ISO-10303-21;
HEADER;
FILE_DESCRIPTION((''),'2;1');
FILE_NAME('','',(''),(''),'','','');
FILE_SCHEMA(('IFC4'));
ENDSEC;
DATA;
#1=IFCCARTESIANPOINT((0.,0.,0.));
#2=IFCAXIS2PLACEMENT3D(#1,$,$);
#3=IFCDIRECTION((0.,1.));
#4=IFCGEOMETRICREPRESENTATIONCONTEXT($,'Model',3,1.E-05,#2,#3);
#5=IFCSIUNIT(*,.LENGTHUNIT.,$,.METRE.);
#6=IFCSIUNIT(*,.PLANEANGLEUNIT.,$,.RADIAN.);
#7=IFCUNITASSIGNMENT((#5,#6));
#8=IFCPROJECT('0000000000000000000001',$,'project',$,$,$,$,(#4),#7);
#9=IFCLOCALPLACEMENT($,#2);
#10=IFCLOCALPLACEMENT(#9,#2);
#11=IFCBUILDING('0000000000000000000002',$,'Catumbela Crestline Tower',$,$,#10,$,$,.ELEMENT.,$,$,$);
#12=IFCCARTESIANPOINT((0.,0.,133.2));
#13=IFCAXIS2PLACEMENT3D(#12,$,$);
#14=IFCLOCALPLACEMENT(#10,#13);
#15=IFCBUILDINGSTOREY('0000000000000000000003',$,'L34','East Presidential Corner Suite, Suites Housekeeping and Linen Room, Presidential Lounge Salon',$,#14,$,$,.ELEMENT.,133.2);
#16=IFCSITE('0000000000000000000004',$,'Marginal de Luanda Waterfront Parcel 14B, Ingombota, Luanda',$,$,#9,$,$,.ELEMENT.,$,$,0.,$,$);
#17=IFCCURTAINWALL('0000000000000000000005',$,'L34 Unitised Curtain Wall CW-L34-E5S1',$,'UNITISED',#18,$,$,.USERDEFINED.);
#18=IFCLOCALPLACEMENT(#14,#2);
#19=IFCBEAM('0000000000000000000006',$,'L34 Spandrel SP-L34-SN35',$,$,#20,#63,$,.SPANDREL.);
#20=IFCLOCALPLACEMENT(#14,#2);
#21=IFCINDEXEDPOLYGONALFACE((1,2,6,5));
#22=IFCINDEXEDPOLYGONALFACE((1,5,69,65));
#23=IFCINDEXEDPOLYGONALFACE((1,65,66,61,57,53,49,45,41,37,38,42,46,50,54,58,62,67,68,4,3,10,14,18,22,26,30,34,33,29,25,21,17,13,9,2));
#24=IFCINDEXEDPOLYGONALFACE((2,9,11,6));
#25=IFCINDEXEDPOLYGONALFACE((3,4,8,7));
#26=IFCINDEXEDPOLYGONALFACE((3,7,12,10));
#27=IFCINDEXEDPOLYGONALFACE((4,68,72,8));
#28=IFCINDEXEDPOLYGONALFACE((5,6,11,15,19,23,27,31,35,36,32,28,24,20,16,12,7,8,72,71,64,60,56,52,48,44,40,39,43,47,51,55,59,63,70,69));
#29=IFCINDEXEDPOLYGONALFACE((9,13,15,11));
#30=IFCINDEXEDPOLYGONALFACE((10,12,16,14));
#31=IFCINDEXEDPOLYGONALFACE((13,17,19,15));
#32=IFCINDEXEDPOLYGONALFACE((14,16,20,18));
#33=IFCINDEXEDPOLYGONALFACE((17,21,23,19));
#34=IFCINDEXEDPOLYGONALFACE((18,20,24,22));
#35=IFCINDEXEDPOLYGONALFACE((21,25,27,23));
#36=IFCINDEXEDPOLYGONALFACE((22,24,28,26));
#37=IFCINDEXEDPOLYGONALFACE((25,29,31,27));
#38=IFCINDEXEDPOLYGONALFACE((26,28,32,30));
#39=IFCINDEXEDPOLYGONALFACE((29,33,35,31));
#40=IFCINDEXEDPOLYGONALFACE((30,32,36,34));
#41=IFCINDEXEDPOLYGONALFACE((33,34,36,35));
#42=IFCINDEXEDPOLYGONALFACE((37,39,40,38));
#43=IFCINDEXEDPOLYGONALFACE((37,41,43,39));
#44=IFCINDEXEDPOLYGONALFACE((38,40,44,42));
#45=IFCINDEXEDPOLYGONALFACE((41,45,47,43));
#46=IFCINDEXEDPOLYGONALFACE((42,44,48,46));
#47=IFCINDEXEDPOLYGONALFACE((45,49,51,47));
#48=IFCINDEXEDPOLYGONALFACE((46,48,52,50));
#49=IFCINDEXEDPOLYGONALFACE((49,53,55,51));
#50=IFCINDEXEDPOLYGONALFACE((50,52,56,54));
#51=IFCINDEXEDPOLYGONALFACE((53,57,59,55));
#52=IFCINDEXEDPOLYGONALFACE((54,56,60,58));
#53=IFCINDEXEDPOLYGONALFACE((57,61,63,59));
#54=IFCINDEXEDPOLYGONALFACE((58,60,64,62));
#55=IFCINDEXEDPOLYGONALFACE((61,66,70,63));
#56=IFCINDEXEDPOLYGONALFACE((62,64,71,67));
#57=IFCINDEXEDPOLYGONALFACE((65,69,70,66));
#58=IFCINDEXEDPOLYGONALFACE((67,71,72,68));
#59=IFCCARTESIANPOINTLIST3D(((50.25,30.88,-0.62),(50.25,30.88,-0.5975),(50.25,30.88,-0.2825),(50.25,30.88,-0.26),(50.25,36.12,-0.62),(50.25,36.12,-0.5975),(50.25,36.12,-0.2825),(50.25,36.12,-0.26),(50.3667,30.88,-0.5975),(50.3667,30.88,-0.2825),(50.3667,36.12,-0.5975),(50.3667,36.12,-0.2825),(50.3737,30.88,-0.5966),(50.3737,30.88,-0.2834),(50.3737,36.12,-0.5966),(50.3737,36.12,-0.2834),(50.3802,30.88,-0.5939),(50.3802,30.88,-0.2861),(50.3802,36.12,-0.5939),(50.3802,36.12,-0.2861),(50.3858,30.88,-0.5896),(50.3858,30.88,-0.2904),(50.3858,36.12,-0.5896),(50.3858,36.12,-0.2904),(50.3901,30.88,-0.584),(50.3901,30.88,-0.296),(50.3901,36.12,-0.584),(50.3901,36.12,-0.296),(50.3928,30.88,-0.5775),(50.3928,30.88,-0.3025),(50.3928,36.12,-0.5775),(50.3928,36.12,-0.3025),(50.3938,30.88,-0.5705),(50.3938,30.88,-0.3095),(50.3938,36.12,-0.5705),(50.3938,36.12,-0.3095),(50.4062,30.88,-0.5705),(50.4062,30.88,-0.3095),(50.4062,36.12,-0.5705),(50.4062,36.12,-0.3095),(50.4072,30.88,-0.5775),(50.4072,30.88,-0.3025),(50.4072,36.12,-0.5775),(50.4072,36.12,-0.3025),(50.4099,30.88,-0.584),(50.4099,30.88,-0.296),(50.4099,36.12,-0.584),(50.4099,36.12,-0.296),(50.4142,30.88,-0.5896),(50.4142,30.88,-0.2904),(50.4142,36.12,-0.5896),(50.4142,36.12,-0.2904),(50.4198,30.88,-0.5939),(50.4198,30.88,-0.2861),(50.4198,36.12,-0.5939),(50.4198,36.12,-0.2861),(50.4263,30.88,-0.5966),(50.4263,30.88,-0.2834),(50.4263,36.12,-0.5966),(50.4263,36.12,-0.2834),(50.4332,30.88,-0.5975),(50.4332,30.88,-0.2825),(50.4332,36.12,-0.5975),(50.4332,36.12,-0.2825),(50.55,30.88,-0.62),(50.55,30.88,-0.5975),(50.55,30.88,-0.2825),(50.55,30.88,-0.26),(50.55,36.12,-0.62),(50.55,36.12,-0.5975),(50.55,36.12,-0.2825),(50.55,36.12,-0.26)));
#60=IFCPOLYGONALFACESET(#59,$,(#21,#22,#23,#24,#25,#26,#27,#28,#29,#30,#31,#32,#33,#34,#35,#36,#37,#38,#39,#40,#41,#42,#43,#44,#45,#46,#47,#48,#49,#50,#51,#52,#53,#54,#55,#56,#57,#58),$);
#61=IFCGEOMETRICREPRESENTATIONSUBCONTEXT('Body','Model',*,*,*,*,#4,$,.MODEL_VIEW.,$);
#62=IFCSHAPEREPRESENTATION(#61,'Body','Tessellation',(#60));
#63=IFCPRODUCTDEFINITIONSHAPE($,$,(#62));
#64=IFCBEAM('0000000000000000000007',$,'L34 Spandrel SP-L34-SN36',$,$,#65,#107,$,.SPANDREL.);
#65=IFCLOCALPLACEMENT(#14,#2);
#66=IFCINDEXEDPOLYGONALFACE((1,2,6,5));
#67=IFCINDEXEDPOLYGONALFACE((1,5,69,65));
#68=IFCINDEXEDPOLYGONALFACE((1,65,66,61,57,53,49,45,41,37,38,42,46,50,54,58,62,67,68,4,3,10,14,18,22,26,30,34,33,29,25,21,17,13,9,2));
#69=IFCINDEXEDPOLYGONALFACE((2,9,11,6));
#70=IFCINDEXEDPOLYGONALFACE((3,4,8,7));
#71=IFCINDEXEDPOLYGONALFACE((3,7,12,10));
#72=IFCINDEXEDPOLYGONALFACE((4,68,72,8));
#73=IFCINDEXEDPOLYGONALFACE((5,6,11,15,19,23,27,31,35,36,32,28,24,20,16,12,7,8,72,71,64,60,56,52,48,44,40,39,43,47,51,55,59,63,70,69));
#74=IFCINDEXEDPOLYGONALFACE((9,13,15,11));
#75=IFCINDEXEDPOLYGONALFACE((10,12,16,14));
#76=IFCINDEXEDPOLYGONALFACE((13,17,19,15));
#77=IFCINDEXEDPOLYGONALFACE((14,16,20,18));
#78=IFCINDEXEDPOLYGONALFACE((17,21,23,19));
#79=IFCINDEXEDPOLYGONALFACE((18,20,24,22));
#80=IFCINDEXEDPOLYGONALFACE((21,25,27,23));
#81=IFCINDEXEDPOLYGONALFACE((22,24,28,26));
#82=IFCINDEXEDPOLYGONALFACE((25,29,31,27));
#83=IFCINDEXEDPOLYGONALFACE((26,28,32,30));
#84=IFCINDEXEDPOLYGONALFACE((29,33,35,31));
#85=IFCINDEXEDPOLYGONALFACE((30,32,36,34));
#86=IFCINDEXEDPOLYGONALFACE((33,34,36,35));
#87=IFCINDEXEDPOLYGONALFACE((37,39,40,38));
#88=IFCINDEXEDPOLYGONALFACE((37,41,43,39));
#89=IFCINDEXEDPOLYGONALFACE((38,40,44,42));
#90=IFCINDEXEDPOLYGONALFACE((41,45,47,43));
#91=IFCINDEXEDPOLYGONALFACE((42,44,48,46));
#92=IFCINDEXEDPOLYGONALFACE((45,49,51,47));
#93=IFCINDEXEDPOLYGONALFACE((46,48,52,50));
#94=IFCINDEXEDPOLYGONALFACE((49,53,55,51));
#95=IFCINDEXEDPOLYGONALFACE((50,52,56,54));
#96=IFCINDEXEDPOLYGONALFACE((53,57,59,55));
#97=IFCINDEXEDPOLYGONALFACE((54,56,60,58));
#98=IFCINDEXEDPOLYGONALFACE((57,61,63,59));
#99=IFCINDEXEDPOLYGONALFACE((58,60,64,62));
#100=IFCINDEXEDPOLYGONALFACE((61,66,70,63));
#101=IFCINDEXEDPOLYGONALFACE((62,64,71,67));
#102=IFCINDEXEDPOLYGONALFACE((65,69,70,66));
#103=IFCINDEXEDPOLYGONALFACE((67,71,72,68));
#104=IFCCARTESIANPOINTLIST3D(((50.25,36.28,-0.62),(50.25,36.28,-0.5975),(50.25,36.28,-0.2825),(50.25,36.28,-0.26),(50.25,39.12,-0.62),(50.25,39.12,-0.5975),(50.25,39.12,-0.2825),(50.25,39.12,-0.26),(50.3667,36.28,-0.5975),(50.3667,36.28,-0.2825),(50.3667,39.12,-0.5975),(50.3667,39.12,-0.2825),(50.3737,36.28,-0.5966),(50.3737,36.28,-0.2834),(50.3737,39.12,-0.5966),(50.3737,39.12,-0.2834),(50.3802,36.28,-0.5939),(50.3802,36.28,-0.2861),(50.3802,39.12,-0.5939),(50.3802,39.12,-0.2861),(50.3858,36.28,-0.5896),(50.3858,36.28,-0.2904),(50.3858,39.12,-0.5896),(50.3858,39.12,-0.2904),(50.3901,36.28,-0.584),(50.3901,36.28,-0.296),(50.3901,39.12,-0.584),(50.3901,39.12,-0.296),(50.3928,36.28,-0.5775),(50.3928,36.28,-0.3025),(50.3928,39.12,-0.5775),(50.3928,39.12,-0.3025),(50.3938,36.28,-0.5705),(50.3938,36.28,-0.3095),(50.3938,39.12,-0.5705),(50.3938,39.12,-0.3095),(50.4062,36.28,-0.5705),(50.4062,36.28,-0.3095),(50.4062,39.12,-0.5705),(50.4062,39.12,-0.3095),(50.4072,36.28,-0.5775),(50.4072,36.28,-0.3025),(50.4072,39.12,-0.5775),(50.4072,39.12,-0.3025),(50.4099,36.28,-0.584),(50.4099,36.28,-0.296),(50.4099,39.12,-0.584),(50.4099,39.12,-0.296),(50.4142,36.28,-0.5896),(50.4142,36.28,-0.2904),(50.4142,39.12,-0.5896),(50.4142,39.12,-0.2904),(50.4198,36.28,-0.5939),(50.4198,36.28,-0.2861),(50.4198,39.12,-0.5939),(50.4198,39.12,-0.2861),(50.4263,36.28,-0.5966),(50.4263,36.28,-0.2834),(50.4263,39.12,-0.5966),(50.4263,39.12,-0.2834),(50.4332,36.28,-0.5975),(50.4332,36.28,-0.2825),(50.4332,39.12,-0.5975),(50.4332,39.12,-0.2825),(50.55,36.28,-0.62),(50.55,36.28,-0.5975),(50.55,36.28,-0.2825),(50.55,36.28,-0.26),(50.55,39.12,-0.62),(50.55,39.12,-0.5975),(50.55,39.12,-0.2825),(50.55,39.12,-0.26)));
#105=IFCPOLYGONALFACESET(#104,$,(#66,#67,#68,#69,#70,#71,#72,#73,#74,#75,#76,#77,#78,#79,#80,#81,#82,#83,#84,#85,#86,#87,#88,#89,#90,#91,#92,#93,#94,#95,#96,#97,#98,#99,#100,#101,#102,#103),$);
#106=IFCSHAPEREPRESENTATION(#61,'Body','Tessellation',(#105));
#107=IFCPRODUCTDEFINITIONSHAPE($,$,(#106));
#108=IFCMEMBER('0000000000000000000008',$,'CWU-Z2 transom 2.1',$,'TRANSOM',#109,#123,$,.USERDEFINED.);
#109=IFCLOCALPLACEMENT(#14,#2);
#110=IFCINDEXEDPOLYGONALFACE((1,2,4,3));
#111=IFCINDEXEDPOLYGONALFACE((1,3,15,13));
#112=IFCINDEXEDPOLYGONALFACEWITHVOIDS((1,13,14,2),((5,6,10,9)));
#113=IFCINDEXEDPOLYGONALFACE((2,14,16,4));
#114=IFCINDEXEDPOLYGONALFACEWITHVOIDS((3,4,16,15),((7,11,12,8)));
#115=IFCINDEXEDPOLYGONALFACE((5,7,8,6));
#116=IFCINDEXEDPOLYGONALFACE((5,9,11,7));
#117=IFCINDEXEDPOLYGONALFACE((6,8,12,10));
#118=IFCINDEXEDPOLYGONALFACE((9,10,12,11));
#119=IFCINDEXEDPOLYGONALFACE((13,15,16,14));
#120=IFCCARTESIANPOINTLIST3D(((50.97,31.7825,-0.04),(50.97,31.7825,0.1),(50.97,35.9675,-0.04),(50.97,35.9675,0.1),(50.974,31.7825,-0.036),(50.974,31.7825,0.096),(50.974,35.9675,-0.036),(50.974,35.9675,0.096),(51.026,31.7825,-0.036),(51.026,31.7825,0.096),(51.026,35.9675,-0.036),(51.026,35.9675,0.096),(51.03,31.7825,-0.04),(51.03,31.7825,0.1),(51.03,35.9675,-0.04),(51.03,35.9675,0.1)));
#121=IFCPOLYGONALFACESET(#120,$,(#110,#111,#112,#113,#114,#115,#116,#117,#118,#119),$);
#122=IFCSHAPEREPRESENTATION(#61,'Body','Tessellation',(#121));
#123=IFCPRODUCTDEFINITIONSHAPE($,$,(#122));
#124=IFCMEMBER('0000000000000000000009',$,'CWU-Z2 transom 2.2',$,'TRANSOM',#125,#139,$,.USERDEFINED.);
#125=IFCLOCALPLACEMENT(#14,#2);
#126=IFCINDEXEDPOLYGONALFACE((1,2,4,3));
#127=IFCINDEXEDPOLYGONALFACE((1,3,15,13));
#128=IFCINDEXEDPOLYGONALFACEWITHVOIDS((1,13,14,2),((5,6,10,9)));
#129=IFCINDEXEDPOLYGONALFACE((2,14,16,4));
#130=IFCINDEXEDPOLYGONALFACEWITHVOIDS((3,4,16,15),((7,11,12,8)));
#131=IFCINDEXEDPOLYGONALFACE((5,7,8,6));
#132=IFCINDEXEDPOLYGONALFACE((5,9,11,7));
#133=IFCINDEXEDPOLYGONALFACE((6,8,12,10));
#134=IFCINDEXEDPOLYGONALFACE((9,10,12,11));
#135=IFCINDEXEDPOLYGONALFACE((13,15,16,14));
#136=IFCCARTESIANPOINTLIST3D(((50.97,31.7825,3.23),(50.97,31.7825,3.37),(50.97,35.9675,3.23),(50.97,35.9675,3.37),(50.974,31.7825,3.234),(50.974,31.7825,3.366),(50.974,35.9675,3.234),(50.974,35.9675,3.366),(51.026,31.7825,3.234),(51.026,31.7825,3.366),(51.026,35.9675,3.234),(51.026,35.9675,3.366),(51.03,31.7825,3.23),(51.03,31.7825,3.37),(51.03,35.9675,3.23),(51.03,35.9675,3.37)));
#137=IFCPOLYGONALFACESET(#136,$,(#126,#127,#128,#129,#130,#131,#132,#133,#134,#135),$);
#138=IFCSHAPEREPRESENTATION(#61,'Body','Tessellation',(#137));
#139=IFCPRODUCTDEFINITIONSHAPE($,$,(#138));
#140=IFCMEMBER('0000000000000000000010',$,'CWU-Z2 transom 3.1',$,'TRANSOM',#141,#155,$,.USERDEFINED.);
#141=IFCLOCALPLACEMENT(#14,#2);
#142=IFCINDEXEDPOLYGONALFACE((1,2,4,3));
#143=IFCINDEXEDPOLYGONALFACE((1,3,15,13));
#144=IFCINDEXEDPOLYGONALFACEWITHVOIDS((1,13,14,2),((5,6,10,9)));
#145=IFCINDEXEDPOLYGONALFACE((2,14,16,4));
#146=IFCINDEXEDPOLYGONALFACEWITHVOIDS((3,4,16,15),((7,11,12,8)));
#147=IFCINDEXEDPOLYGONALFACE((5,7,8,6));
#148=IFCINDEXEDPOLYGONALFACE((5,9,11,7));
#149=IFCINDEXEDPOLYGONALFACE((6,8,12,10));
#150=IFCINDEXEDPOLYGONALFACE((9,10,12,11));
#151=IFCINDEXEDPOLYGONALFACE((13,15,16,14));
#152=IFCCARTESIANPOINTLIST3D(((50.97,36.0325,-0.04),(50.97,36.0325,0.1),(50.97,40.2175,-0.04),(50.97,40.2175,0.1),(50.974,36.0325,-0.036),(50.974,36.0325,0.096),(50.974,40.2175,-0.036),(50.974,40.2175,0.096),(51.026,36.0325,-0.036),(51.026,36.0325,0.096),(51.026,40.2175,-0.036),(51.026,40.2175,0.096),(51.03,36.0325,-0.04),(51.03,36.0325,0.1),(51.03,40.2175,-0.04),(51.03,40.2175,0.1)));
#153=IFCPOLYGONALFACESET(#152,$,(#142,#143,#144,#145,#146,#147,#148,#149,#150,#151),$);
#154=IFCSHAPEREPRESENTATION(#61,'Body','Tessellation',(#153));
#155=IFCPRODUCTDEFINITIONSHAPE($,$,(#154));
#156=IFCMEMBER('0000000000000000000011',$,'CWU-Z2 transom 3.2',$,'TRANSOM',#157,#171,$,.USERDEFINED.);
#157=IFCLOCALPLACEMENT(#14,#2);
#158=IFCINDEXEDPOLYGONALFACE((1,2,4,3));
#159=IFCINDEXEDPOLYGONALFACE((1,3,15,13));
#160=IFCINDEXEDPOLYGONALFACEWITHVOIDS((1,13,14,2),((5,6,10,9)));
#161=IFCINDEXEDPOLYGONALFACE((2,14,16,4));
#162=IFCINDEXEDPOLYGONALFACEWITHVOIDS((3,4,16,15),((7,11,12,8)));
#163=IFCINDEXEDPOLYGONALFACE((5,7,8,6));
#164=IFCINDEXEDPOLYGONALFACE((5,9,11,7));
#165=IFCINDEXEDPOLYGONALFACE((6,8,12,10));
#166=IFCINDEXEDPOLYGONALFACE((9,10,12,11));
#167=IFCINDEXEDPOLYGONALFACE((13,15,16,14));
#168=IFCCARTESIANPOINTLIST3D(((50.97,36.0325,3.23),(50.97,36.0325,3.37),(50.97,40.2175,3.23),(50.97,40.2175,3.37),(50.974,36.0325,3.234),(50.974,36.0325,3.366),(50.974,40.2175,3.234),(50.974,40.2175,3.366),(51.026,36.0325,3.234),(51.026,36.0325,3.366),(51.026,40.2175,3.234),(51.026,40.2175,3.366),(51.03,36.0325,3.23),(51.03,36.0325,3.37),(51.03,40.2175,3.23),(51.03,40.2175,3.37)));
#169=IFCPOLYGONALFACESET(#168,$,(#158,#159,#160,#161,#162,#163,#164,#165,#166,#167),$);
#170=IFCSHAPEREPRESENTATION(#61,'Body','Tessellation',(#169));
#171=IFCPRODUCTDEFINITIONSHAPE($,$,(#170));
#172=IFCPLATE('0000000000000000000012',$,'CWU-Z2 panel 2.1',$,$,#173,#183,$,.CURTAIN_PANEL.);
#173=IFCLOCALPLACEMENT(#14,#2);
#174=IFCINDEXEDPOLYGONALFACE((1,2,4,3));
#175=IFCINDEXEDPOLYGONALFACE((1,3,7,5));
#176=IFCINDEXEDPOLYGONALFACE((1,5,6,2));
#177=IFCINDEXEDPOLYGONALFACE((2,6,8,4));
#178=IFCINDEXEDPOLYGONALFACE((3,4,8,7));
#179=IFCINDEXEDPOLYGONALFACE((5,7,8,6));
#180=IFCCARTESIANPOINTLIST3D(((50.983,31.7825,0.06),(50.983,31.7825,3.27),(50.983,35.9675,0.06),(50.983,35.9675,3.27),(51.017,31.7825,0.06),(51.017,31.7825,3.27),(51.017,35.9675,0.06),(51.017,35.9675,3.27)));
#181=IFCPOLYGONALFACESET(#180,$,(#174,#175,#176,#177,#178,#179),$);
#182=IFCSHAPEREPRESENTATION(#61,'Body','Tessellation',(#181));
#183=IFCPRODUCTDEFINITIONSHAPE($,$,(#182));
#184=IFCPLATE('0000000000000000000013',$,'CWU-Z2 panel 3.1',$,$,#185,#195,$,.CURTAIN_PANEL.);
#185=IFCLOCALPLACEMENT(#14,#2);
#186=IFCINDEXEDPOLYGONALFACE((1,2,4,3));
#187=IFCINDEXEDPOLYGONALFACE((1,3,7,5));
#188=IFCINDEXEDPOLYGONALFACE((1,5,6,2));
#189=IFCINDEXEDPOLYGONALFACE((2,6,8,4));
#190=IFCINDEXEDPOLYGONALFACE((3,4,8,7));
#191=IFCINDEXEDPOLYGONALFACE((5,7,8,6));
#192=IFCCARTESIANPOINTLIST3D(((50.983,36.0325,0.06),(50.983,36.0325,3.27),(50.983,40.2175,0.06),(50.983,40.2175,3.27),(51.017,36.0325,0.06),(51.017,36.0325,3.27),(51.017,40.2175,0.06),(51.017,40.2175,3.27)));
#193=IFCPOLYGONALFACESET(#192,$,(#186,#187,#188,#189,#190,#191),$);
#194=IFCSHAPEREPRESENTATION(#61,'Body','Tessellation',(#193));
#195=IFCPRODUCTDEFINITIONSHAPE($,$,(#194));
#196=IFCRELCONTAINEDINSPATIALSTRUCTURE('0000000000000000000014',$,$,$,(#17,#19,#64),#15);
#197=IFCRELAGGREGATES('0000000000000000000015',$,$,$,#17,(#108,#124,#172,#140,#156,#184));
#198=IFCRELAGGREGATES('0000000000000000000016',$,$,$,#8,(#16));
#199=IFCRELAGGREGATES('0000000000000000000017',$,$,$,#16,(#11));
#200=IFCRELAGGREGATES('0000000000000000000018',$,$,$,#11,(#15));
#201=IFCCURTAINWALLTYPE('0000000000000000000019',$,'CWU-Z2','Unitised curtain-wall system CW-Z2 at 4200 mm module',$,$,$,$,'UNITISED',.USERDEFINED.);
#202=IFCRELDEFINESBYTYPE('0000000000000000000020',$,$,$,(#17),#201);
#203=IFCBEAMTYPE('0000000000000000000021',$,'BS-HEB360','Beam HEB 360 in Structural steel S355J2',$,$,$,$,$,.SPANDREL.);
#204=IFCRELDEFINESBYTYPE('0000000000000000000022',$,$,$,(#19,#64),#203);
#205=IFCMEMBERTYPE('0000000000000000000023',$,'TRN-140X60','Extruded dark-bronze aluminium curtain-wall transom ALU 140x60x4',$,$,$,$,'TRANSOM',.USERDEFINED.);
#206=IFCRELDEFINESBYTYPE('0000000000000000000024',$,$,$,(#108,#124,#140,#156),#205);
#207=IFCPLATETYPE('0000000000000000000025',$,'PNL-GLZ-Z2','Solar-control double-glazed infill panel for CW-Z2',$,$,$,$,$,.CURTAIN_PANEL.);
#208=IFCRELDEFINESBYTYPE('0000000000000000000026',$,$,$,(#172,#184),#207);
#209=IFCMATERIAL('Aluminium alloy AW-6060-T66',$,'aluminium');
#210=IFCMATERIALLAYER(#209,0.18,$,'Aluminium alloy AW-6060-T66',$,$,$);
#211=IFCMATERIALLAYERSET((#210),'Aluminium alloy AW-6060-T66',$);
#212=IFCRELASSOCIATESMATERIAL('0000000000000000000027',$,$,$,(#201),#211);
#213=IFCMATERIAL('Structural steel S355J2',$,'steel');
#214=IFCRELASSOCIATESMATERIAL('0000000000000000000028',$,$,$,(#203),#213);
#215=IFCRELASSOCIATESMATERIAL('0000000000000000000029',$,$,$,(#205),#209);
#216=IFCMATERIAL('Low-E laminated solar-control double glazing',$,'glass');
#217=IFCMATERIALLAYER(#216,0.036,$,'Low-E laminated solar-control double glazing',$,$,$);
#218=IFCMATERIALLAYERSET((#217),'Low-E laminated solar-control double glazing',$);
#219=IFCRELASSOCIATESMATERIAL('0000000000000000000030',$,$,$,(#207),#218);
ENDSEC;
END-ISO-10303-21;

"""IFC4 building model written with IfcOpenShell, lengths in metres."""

from ifc_helpers import new_model, si_unit, direction, frame, origin, origin_2d, place, context, subcontext, project, spatial, rectangle, hollow_rectangle, i_section, extrude, material, layer, layer_set, material_profile, profile_set, type_object, element, aggregate, save


model = new_model("IFC4")

# Units and contexts
model_context = context("Model", 3, precision=1e-05, world=origin(), true_north=direction((0.0, 1.0)))
body_context = subcontext(model_context, "Body", "Model", "MODEL_VIEW")
ifc_project = project(units=[si_unit("LENGTHUNIT", "METRE"), si_unit("PLANEANGLEUNIT", "RADIAN")], contexts=[model_context])

# Site, building, storey
site_placement = place(None, origin())
site = spatial("IfcSite", under=ifc_project, at=site_placement, Name="Marginal de Luanda Waterfront Parcel 14B, Ingombota, Luanda", CompositionType="ELEMENT", RefElevation=0.0)
building_placement = place(site_placement, origin())
building = spatial("IfcBuilding", under=site, at=building_placement, Name="Catumbela Crestline Tower", CompositionType="ELEMENT")
storey_placement = place(building_placement, frame((0.0, 0.0, 133.2)))
storey = spatial("IfcBuildingStorey", under=building, at=storey_placement, Name="L34", Description="East Presidential Corner Suite, Suites Housekeeping and Linen Room, Presidential Lounge Salon", CompositionType="ELEMENT", Elevation=133.2)

# Shared definitions
ifc_material_1 = material(Name="Structural steel S355J2", Category="steel")

# Curtain wall
ifc_material_2 = material(Name="Aluminium alloy AW-6060-T66", Category="aluminium")
ifc_layer_1 = layer(ifc_material_2, 0.18, Name="Aluminium alloy AW-6060-T66")
ifc_layer_set_1 = layer_set([ifc_layer_1], Name="Aluminium alloy AW-6060-T66")
curtain_wall_type = type_object("IfcCurtainWallType", Name="CWU-Z2", Description="Unitised curtain-wall system CW-Z2 at 4200 mm module", ElementType="UNITISED", PredefinedType="USERDEFINED", material=ifc_layer_set_1)
curtain_wall_placement = place(storey_placement, origin())
curtain_wall = element("IfcCurtainWall", 1, at=curtain_wall_placement, inside=storey, type_object=curtain_wall_type, Name="L34 Unitised Curtain Wall CW-L34-E5S1", ObjectType="UNITISED", PredefinedType="USERDEFINED")

# Beams
ifc_material_profile_1 = material_profile(ifc_material_1, i_section(OverallWidth=0.3, OverallDepth=0.36, WebThickness=0.0125, FlangeThickness=0.0225, FilletRadius=0.027, at=origin_2d()), Name="HEB 360")
ifc_profile_set_1 = profile_set([ifc_material_profile_1], Name="Structural steel S355J2")
beam_type_1 = type_object("IfcBeamType", Name="BS-HEB360", Description="Beam HEB 360 in Structural steel S355J2", PredefinedType="SPANDREL", material=ifc_profile_set_1)
beam_1_placement = place(storey_placement, frame((50.4, 30.88, -0.44), z_axis=(0.0, 1.0, 0.0), x_axis=(-1.0, 0.0, 0.0)))
element("IfcBeam", 2, at=beam_1_placement, inside=storey, type_object=beam_type_1, Name="L34 Spandrel SP-L34-SN35", PredefinedType="SPANDREL", context=body_context, shape_type="SweptSolid", body=[
    extrude(i_section(OverallWidth=0.3, OverallDepth=0.36, WebThickness=0.0125, FlangeThickness=0.0225, FilletRadius=0.027, at=origin_2d()), origin(), (0.0, 0.0, 1.0), 5.24),
])
beam_2_placement = place(storey_placement, frame((50.4, 36.28, -0.44), z_axis=(0.0, 1.0, 0.0), x_axis=(-1.0, 0.0, 0.0)))
element("IfcBeam", 3, at=beam_2_placement, inside=storey, type_object=beam_type_1, Name="L34 Spandrel SP-L34-SN36", PredefinedType="SPANDREL", context=body_context, shape_type="SweptSolid", body=[
    extrude(i_section(OverallWidth=0.3, OverallDepth=0.36, WebThickness=0.0125, FlangeThickness=0.0225, FilletRadius=0.027, at=origin_2d()), origin(), (0.0, 0.0, 1.0), 2.84),
])

# Members
ifc_material_profile_2 = material_profile(ifc_material_2, hollow_rectangle(XDim=0.06, YDim=0.14, WallThickness=0.004, at=origin_2d()), Name="ALU 140x60x4")
ifc_profile_set_2 = profile_set([ifc_material_profile_2], Name="Aluminium alloy AW-6060-T66")
member_type_1 = type_object("IfcMemberType", Name="TRN-140X60", Description="Extruded dark-bronze aluminium curtain-wall transom ALU 140x60x4", ElementType="TRANSOM", PredefinedType="USERDEFINED", material=ifc_profile_set_2)
member_1_placement = place(storey_placement, frame((51.0, 31.7825, 0.03), z_axis=(0.0, 1.0, 0.0), x_axis=(-1.0, 0.0, 0.0)))
member_1 = element("IfcMember", 4, at=member_1_placement, type_object=member_type_1, Name="CWU-Z2 transom 2.1", ObjectType="TRANSOM", PredefinedType="USERDEFINED", context=body_context, shape_type="SweptSolid", body=[
    extrude(hollow_rectangle(XDim=0.06, YDim=0.14, WallThickness=0.004, at=origin_2d()), origin(), (0.0, 0.0, 1.0), 4.185),
])
member_2_placement = place(storey_placement, frame((51.0, 31.7825, 3.3), z_axis=(0.0, 1.0, 0.0), x_axis=(-1.0, 0.0, 0.0)))
member_2 = element("IfcMember", 5, at=member_2_placement, type_object=member_type_1, Name="CWU-Z2 transom 2.2", ObjectType="TRANSOM", PredefinedType="USERDEFINED", context=body_context, shape_type="SweptSolid", body=[
    extrude(hollow_rectangle(XDim=0.06, YDim=0.14, WallThickness=0.004, at=origin_2d()), origin(), (0.0, 0.0, 1.0), 4.185),
])
member_3_placement = place(storey_placement, frame((51.0, 36.0325, 0.03), z_axis=(0.0, 1.0, 0.0), x_axis=(-1.0, 0.0, 0.0)))
member_3 = element("IfcMember", 6, at=member_3_placement, type_object=member_type_1, Name="CWU-Z2 transom 3.1", ObjectType="TRANSOM", PredefinedType="USERDEFINED", context=body_context, shape_type="SweptSolid", body=[
    extrude(hollow_rectangle(XDim=0.06, YDim=0.14, WallThickness=0.004, at=origin_2d()), origin(), (0.0, 0.0, 1.0), 4.185),
])
member_4_placement = place(storey_placement, frame((51.0, 36.0325, 3.3), z_axis=(0.0, 1.0, 0.0), x_axis=(-1.0, 0.0, 0.0)))
member_4 = element("IfcMember", 7, at=member_4_placement, type_object=member_type_1, Name="CWU-Z2 transom 3.2", ObjectType="TRANSOM", PredefinedType="USERDEFINED", context=body_context, shape_type="SweptSolid", body=[
    extrude(hollow_rectangle(XDim=0.06, YDim=0.14, WallThickness=0.004, at=origin_2d()), origin(), (0.0, 0.0, 1.0), 4.185),
])

# Plates
ifc_material_3 = material(Name="Low-E laminated solar-control double glazing", Category="glass")
ifc_layer_2 = layer(ifc_material_3, 0.036, Name="Low-E laminated solar-control double glazing")
ifc_layer_set_2 = layer_set([ifc_layer_2], Name="Low-E laminated solar-control double glazing")
plate_type = type_object("IfcPlateType", Name="PNL-GLZ-Z2", Description="Solar-control double-glazed infill panel for CW-Z2", PredefinedType="CURTAIN_PANEL", material=ifc_layer_set_2)
plate_1_placement = place(storey_placement, frame((51.0, 33.875, 0.06), z_axis=(0.0, 0.0, 1.0), x_axis=(0.0, 1.0, 0.0)))
plate_1 = element("IfcPlate", 8, at=plate_1_placement, type_object=plate_type, Name="CWU-Z2 panel 2.1", PredefinedType="CURTAIN_PANEL", context=body_context, shape_type="SweptSolid", body=[
    extrude(rectangle(XDim=4.185, YDim=0.034, at=origin_2d()), origin(), (0.0, 0.0, 1.0), 3.21),
])
plate_2_placement = place(storey_placement, frame((51.0, 38.125, 0.06), z_axis=(0.0, 0.0, 1.0), x_axis=(0.0, 1.0, 0.0)))
plate_2 = element("IfcPlate", 9, at=plate_2_placement, type_object=plate_type, Name="CWU-Z2 panel 3.1", PredefinedType="CURTAIN_PANEL", context=body_context, shape_type="SweptSolid", body=[
    extrude(rectangle(XDim=4.185, YDim=0.034, at=origin_2d()), origin(), (0.0, 0.0, 1.0), 3.21),
])
aggregate(curtain_wall, [member_1, member_2, plate_1, member_3, member_4, plate_2])

save(model, "model.ifc")
